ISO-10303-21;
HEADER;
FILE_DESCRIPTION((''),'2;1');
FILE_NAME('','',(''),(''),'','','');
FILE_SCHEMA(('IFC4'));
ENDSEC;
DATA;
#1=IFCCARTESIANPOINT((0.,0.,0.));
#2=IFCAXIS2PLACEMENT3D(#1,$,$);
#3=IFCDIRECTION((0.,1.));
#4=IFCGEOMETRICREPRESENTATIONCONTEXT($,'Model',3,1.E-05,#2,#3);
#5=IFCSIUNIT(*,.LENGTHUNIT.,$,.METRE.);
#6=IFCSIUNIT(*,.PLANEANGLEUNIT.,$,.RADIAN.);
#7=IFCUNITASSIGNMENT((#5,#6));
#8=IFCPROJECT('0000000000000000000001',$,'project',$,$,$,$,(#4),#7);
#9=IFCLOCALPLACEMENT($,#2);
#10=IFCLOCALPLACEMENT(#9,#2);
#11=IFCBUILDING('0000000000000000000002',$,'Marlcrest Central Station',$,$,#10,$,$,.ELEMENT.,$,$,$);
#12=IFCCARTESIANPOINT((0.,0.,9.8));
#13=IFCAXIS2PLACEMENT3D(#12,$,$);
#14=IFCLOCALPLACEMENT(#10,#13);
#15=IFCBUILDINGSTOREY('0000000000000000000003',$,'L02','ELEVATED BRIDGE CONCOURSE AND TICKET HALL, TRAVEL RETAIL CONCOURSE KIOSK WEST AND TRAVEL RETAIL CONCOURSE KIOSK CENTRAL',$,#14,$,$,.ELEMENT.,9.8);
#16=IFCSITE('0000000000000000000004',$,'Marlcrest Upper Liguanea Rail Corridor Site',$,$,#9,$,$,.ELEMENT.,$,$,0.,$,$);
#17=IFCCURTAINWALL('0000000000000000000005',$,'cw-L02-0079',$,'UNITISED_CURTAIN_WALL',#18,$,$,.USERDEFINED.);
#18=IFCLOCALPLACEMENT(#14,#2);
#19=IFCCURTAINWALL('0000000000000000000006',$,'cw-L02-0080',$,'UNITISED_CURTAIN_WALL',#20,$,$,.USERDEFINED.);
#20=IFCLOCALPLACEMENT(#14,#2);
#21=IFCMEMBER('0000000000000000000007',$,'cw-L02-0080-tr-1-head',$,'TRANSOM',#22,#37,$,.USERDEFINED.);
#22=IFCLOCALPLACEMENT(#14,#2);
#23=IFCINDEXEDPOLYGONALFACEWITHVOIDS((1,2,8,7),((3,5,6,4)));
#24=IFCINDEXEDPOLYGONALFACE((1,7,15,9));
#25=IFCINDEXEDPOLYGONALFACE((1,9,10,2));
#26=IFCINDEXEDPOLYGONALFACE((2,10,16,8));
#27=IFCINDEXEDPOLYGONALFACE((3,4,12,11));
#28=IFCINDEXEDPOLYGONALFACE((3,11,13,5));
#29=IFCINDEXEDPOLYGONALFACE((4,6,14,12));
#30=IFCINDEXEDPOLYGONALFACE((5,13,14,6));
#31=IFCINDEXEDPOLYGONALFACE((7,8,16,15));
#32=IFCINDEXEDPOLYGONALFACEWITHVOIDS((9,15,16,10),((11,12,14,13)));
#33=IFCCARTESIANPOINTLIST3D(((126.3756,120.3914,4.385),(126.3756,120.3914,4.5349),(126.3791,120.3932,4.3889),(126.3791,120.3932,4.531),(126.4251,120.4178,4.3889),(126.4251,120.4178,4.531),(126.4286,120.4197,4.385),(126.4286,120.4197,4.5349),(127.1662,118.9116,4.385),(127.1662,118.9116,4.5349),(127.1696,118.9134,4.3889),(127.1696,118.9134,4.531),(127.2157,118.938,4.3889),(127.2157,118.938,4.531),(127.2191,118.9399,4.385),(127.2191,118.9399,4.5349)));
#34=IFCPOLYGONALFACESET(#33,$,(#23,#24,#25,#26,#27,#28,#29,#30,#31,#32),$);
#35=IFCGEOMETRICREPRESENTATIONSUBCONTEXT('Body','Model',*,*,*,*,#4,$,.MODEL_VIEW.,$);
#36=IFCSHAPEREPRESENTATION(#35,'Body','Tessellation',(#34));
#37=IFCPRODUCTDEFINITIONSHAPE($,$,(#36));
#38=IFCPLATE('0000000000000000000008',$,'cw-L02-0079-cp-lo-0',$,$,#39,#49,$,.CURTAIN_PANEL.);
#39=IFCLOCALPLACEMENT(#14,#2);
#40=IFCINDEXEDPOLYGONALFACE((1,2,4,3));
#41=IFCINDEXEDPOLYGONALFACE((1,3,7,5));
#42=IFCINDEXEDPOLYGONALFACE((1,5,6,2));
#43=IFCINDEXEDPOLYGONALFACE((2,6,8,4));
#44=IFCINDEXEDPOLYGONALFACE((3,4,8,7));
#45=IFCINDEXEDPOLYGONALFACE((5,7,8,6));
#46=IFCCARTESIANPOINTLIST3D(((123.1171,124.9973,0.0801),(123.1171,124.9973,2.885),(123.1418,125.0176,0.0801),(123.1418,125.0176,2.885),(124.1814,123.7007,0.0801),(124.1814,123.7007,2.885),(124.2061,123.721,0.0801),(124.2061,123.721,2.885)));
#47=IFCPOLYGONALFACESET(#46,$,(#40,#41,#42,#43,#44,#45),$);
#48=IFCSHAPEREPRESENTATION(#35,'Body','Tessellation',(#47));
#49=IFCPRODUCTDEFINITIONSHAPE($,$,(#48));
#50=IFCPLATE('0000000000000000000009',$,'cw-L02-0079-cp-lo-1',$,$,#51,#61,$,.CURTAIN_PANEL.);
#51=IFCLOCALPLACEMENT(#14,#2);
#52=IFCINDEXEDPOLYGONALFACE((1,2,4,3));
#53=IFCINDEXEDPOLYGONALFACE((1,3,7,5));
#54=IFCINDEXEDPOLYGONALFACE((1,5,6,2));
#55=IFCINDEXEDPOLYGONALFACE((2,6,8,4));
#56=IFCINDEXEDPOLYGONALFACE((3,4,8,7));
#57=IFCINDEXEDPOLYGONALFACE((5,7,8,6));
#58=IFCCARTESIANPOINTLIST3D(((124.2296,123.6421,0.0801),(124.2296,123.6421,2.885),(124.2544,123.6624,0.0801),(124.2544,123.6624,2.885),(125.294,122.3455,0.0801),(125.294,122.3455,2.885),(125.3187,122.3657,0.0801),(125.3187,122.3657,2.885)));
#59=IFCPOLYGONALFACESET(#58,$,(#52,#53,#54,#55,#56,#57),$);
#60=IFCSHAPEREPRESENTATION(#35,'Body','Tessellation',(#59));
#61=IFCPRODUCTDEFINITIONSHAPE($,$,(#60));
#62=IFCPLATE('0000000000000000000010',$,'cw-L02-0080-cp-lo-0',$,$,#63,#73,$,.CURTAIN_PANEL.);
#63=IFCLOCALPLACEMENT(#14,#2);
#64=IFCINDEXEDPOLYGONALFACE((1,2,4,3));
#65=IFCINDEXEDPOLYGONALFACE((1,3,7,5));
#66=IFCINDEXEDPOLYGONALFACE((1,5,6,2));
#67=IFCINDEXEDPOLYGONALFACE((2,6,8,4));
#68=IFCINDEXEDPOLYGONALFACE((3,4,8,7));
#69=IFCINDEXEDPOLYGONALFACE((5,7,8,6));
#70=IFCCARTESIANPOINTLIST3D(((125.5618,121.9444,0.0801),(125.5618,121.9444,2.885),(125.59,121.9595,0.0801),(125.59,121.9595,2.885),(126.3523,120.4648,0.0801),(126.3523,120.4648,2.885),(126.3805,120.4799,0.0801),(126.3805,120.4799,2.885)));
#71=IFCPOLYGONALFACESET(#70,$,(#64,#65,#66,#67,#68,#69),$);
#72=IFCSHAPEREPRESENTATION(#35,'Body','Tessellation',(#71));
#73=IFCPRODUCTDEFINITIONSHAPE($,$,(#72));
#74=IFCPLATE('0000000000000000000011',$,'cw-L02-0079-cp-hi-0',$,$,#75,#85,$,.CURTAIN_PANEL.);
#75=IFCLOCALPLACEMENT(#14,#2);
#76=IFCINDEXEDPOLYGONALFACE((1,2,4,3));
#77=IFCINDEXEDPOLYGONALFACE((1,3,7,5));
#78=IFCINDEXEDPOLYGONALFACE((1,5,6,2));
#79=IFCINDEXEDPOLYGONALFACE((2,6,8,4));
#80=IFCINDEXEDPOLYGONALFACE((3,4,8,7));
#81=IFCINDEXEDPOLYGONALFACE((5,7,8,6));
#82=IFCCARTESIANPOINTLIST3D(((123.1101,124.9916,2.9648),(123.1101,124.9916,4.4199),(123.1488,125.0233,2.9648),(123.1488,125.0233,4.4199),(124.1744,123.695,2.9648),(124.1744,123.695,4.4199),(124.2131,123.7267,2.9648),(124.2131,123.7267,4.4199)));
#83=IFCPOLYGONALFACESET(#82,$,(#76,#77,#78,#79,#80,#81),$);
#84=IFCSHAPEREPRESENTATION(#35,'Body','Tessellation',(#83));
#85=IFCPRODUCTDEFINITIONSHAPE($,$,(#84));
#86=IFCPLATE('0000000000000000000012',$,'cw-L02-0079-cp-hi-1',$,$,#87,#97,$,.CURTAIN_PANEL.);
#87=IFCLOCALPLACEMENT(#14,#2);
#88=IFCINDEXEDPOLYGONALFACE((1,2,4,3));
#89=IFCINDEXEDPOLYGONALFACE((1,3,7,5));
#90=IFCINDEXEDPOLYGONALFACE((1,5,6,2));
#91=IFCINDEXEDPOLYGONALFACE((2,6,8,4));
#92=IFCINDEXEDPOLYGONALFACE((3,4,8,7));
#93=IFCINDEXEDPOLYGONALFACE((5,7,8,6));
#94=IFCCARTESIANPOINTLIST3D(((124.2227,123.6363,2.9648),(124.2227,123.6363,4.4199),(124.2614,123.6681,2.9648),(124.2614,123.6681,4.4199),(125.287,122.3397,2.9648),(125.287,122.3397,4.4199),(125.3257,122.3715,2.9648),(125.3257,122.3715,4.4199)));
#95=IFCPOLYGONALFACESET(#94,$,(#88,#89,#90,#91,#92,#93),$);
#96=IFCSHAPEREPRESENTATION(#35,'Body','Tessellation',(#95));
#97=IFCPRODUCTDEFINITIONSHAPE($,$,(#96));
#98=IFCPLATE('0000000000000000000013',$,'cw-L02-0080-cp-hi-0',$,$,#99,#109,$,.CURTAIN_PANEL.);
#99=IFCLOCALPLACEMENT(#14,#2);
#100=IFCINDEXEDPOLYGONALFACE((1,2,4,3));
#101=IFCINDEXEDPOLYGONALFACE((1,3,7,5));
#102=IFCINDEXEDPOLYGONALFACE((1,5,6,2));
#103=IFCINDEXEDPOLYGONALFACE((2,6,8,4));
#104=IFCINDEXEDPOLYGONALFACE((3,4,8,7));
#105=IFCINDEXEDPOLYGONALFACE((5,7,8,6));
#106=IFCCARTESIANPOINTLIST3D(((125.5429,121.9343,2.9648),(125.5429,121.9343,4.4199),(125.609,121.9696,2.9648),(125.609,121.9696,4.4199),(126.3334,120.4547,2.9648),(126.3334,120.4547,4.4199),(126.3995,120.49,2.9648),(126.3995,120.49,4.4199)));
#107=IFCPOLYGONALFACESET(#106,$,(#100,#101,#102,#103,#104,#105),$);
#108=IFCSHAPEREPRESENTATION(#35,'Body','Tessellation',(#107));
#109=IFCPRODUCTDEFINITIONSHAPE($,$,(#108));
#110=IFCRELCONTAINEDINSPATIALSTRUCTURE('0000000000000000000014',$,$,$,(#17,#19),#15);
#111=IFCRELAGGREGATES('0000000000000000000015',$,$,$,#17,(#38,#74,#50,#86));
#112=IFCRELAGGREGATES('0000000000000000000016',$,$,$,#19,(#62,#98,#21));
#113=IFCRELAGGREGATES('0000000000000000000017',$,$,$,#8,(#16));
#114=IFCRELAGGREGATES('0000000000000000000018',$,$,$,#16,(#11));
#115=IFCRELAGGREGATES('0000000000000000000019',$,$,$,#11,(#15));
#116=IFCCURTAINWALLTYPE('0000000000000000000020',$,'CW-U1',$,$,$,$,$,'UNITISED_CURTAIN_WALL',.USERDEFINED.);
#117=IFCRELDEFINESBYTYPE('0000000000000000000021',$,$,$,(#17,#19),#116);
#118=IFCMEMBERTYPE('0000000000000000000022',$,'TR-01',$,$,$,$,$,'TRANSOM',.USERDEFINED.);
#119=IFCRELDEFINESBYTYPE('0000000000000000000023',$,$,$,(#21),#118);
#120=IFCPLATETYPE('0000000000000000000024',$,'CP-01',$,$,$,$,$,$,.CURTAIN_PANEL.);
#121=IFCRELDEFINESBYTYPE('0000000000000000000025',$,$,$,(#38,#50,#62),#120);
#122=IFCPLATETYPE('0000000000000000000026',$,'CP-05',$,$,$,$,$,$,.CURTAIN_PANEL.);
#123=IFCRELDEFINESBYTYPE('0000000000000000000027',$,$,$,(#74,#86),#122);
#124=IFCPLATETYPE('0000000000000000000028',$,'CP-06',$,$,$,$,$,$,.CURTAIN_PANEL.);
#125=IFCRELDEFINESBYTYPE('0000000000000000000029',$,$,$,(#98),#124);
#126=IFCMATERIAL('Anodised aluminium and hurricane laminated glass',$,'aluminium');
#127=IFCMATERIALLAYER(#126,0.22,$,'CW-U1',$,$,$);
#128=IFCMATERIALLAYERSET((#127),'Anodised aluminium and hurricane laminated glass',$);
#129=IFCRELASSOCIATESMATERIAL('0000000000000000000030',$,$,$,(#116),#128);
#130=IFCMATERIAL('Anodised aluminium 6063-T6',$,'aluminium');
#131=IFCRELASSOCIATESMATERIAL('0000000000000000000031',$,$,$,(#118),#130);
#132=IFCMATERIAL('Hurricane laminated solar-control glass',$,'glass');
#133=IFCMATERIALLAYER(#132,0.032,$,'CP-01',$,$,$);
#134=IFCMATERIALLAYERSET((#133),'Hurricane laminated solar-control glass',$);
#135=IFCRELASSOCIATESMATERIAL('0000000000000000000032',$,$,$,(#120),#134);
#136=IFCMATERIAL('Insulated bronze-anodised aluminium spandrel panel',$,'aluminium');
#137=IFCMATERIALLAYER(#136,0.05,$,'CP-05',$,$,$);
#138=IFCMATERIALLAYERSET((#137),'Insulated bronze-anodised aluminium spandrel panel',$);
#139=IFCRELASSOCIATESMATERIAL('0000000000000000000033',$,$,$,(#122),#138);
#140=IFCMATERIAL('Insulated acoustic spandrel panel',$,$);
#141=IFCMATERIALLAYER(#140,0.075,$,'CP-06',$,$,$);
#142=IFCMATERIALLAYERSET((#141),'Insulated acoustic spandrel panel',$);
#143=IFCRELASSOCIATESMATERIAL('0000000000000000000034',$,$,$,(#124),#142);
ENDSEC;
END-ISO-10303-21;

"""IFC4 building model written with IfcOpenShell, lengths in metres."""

from ifc_helpers import new_model, si_unit, direction, frame, origin, origin_2d, place, context, subcontext, project, spatial, rectangle, hollow_rectangle, extrude, material, layer, layer_set, material_profile, profile_set, type_object, element, aggregate, save


model = new_model("IFC4")

# Units and contexts
model_context = context("Model", 3, precision=1e-05, world=origin(), true_north=direction((0.0, 1.0)))
body_context = subcontext(model_context, "Body", "Model", "MODEL_VIEW")
ifc_project = project(units=[si_unit("LENGTHUNIT", "METRE"), si_unit("PLANEANGLEUNIT", "RADIAN")], contexts=[model_context])

# Site, building, storey
site_placement = place(None, origin())
site = spatial("IfcSite", under=ifc_project, at=site_placement, Name="Marlcrest Upper Liguanea Rail Corridor Site", CompositionType="ELEMENT", RefElevation=0.0)
building_placement = place(site_placement, origin())
building = spatial("IfcBuilding", under=site, at=building_placement, Name="Marlcrest Central Station", CompositionType="ELEMENT")
storey_placement = place(building_placement, frame((0.0, 0.0, 9.8)))
storey = spatial("IfcBuildingStorey", under=building, at=storey_placement, Name="L02", Description="ELEVATED BRIDGE CONCOURSE AND TICKET HALL, TRAVEL RETAIL CONCOURSE KIOSK WEST AND TRAVEL RETAIL CONCOURSE KIOSK CENTRAL", CompositionType="ELEMENT", Elevation=9.8)

# Shared definitions
ifc_material_1 = material(Name="Anodised aluminium and hurricane laminated glass", Category="aluminium")
ifc_layer_1 = layer(ifc_material_1, 0.22, Name="CW-U1")
ifc_layer_set_1 = layer_set([ifc_layer_1], Name="Anodised aluminium and hurricane laminated glass")
curtain_wall_type = type_object("IfcCurtainWallType", Name="CW-U1", ElementType="UNITISED_CURTAIN_WALL", PredefinedType="USERDEFINED", material=ifc_layer_set_1)
ifc_material_2 = material(Name="Anodised aluminium 6063-T6", Category="aluminium")

# Curtain walls
curtain_wall_1_placement = place(storey_placement, origin())
curtain_wall_1 = element("IfcCurtainWall", 1, at=curtain_wall_1_placement, inside=storey, type_object=curtain_wall_type, Name="cw-L02-0079", ObjectType="UNITISED_CURTAIN_WALL", PredefinedType="USERDEFINED")
curtain_wall_2_placement = place(storey_placement, origin())
curtain_wall_2 = element("IfcCurtainWall", 2, at=curtain_wall_2_placement, inside=storey, type_object=curtain_wall_type, Name="cw-L02-0080", ObjectType="UNITISED_CURTAIN_WALL", PredefinedType="USERDEFINED")

# Member
ifc_material_profile_1 = material_profile(ifc_material_2, hollow_rectangle(XDim=0.0601, YDim=0.1499, WallThickness=0.0039, at=origin_2d()), Name="AA-RHS 150x60x4")
ifc_profile_set_1 = profile_set([ifc_material_profile_1], Name="Anodised aluminium 6063-T6")
member_type_1 = type_object("IfcMemberType", Name="TR-01", ElementType="TRANSOM", PredefinedType="USERDEFINED", material=ifc_profile_set_1)
member_1_placement = place(storey_placement, frame((126.4021, 120.4055, 4.46), z_axis=(0.471207, -0.882022, 0.0), x_axis=(0.882022, 0.471207, 0.0)))
member_1 = element("IfcMember", 3, at=member_1_placement, type_object=member_type_1, Name="cw-L02-0080-tr-1-head", ObjectType="TRANSOM", PredefinedType="USERDEFINED", context=body_context, shape_type="SweptSolid", body=[
    extrude(hollow_rectangle(XDim=0.0601, YDim=0.1499, WallThickness=0.0039, at=origin_2d()), origin(), (0.0, 0.0, 1.0), 1.6777),
])

# Plates
ifc_material_3 = material(Name="Hurricane laminated solar-control glass", Category="glass")
ifc_layer_2 = layer(ifc_material_3, 0.032, Name="CP-01")
ifc_layer_set_2 = layer_set([ifc_layer_2], Name="Hurricane laminated solar-control glass")
plate_type_1 = type_object("IfcPlateType", Name="CP-01", PredefinedType="CURTAIN_PANEL", material=ifc_layer_set_2)
plate_1_placement = place(storey_placement, frame((123.6616, 124.3591, 0.0801), z_axis=(0.0, 0.0, 1.0), x_axis=(0.634474, -0.772944, 0.0)))
plate_1 = element("IfcPlate", 4, at=plate_1_placement, type_object=plate_type_1, Name="cw-L02-0079-cp-lo-0", PredefinedType="CURTAIN_PANEL", context=body_context, shape_type="SweptSolid", body=[
    extrude(rectangle(XDim=1.6775, YDim=0.032, at=origin_2d()), origin(), (0.0, 0.0, 1.0), 2.8049),
])
plate_2_placement = place(storey_placement, frame((124.7742, 123.0039, 0.0801), z_axis=(0.0, 0.0, 1.0), x_axis=(0.634474, -0.772944, 0.0)))
plate_2 = element("IfcPlate", 5, at=plate_2_placement, type_object=plate_type_1, Name="cw-L02-0079-cp-lo-1", PredefinedType="CURTAIN_PANEL", context=body_context, shape_type="SweptSolid", body=[
    extrude(rectangle(XDim=1.6775, YDim=0.032, at=origin_2d()), origin(), (0.0, 0.0, 1.0), 2.8049),
])
plate_3_placement = place(storey_placement, frame((125.9712, 121.2122, 0.0801), z_axis=(0.0, 0.0, 1.0), x_axis=(0.471243, -0.882004, 0.0)))
plate_3 = element("IfcPlate", 6, at=plate_3_placement, type_object=plate_type_1, Name="cw-L02-0080-cp-lo-0", PredefinedType="CURTAIN_PANEL", context=body_context, shape_type="SweptSolid", body=[
    extrude(rectangle(XDim=1.6775, YDim=0.032, at=origin_2d()), origin(), (0.0, 0.0, 1.0), 2.8049),
])
ifc_material_4 = material(Name="Insulated bronze-anodised aluminium spandrel panel", Category="aluminium")
ifc_layer_3 = layer(ifc_material_4, 0.05, Name="CP-05")
ifc_layer_set_3 = layer_set([ifc_layer_3], Name="Insulated bronze-anodised aluminium spandrel panel")
plate_type_2 = type_object("IfcPlateType", Name="CP-05", PredefinedType="CURTAIN_PANEL", material=ifc_layer_set_3)
plate_4_placement = place(storey_placement, frame((123.6616, 124.3591, 2.9648), z_axis=(0.0, 0.0, 1.0), x_axis=(0.634474, -0.772944, 0.0)))
plate_4 = element("IfcPlate", 7, at=plate_4_placement, type_object=plate_type_2, Name="cw-L02-0079-cp-hi-0", PredefinedType="CURTAIN_PANEL", context=body_context, shape_type="SweptSolid", body=[
    extrude(rectangle(XDim=1.6775, YDim=0.05, at=origin_2d()), origin(), (0.0, 0.0, 1.0), 1.4551),
])
plate_5_placement = place(storey_placement, frame((124.7742, 123.0039, 2.9648), z_axis=(0.0, 0.0, 1.0), x_axis=(0.634474, -0.772944, 0.0)))
plate_5 = element("IfcPlate", 8, at=plate_5_placement, type_object=plate_type_2, Name="cw-L02-0079-cp-hi-1", PredefinedType="CURTAIN_PANEL", context=body_context, shape_type="SweptSolid", body=[
    extrude(rectangle(XDim=1.6775, YDim=0.05, at=origin_2d()), origin(), (0.0, 0.0, 1.0), 1.4551),
])
aggregate(curtain_wall_1, [plate_1, plate_4, plate_2, plate_5])
ifc_material_5 = material(Name="Insulated acoustic spandrel panel")
ifc_layer_4 = layer(ifc_material_5, 0.075, Name="CP-06")
ifc_layer_set_4 = layer_set([ifc_layer_4], Name="Insulated acoustic spandrel panel")
plate_type_3 = type_object("IfcPlateType", Name="CP-06", PredefinedType="CURTAIN_PANEL", material=ifc_layer_set_4)
plate_6_placement = place(storey_placement, frame((125.9712, 121.2122, 2.9648), z_axis=(0.0, 0.0, 1.0), x_axis=(0.471243, -0.882004, 0.0)))
plate_6 = element("IfcPlate", 9, at=plate_6_placement, type_object=plate_type_3, Name="cw-L02-0080-cp-hi-0", PredefinedType="CURTAIN_PANEL", context=body_context, shape_type="SweptSolid", body=[
    extrude(rectangle(XDim=1.6775, YDim=0.075, at=origin_2d()), origin(), (0.0, 0.0, 1.0), 1.4551),
])
aggregate(curtain_wall_2, [plate_3, plate_6, member_1])

save(model, "model.ifc")
